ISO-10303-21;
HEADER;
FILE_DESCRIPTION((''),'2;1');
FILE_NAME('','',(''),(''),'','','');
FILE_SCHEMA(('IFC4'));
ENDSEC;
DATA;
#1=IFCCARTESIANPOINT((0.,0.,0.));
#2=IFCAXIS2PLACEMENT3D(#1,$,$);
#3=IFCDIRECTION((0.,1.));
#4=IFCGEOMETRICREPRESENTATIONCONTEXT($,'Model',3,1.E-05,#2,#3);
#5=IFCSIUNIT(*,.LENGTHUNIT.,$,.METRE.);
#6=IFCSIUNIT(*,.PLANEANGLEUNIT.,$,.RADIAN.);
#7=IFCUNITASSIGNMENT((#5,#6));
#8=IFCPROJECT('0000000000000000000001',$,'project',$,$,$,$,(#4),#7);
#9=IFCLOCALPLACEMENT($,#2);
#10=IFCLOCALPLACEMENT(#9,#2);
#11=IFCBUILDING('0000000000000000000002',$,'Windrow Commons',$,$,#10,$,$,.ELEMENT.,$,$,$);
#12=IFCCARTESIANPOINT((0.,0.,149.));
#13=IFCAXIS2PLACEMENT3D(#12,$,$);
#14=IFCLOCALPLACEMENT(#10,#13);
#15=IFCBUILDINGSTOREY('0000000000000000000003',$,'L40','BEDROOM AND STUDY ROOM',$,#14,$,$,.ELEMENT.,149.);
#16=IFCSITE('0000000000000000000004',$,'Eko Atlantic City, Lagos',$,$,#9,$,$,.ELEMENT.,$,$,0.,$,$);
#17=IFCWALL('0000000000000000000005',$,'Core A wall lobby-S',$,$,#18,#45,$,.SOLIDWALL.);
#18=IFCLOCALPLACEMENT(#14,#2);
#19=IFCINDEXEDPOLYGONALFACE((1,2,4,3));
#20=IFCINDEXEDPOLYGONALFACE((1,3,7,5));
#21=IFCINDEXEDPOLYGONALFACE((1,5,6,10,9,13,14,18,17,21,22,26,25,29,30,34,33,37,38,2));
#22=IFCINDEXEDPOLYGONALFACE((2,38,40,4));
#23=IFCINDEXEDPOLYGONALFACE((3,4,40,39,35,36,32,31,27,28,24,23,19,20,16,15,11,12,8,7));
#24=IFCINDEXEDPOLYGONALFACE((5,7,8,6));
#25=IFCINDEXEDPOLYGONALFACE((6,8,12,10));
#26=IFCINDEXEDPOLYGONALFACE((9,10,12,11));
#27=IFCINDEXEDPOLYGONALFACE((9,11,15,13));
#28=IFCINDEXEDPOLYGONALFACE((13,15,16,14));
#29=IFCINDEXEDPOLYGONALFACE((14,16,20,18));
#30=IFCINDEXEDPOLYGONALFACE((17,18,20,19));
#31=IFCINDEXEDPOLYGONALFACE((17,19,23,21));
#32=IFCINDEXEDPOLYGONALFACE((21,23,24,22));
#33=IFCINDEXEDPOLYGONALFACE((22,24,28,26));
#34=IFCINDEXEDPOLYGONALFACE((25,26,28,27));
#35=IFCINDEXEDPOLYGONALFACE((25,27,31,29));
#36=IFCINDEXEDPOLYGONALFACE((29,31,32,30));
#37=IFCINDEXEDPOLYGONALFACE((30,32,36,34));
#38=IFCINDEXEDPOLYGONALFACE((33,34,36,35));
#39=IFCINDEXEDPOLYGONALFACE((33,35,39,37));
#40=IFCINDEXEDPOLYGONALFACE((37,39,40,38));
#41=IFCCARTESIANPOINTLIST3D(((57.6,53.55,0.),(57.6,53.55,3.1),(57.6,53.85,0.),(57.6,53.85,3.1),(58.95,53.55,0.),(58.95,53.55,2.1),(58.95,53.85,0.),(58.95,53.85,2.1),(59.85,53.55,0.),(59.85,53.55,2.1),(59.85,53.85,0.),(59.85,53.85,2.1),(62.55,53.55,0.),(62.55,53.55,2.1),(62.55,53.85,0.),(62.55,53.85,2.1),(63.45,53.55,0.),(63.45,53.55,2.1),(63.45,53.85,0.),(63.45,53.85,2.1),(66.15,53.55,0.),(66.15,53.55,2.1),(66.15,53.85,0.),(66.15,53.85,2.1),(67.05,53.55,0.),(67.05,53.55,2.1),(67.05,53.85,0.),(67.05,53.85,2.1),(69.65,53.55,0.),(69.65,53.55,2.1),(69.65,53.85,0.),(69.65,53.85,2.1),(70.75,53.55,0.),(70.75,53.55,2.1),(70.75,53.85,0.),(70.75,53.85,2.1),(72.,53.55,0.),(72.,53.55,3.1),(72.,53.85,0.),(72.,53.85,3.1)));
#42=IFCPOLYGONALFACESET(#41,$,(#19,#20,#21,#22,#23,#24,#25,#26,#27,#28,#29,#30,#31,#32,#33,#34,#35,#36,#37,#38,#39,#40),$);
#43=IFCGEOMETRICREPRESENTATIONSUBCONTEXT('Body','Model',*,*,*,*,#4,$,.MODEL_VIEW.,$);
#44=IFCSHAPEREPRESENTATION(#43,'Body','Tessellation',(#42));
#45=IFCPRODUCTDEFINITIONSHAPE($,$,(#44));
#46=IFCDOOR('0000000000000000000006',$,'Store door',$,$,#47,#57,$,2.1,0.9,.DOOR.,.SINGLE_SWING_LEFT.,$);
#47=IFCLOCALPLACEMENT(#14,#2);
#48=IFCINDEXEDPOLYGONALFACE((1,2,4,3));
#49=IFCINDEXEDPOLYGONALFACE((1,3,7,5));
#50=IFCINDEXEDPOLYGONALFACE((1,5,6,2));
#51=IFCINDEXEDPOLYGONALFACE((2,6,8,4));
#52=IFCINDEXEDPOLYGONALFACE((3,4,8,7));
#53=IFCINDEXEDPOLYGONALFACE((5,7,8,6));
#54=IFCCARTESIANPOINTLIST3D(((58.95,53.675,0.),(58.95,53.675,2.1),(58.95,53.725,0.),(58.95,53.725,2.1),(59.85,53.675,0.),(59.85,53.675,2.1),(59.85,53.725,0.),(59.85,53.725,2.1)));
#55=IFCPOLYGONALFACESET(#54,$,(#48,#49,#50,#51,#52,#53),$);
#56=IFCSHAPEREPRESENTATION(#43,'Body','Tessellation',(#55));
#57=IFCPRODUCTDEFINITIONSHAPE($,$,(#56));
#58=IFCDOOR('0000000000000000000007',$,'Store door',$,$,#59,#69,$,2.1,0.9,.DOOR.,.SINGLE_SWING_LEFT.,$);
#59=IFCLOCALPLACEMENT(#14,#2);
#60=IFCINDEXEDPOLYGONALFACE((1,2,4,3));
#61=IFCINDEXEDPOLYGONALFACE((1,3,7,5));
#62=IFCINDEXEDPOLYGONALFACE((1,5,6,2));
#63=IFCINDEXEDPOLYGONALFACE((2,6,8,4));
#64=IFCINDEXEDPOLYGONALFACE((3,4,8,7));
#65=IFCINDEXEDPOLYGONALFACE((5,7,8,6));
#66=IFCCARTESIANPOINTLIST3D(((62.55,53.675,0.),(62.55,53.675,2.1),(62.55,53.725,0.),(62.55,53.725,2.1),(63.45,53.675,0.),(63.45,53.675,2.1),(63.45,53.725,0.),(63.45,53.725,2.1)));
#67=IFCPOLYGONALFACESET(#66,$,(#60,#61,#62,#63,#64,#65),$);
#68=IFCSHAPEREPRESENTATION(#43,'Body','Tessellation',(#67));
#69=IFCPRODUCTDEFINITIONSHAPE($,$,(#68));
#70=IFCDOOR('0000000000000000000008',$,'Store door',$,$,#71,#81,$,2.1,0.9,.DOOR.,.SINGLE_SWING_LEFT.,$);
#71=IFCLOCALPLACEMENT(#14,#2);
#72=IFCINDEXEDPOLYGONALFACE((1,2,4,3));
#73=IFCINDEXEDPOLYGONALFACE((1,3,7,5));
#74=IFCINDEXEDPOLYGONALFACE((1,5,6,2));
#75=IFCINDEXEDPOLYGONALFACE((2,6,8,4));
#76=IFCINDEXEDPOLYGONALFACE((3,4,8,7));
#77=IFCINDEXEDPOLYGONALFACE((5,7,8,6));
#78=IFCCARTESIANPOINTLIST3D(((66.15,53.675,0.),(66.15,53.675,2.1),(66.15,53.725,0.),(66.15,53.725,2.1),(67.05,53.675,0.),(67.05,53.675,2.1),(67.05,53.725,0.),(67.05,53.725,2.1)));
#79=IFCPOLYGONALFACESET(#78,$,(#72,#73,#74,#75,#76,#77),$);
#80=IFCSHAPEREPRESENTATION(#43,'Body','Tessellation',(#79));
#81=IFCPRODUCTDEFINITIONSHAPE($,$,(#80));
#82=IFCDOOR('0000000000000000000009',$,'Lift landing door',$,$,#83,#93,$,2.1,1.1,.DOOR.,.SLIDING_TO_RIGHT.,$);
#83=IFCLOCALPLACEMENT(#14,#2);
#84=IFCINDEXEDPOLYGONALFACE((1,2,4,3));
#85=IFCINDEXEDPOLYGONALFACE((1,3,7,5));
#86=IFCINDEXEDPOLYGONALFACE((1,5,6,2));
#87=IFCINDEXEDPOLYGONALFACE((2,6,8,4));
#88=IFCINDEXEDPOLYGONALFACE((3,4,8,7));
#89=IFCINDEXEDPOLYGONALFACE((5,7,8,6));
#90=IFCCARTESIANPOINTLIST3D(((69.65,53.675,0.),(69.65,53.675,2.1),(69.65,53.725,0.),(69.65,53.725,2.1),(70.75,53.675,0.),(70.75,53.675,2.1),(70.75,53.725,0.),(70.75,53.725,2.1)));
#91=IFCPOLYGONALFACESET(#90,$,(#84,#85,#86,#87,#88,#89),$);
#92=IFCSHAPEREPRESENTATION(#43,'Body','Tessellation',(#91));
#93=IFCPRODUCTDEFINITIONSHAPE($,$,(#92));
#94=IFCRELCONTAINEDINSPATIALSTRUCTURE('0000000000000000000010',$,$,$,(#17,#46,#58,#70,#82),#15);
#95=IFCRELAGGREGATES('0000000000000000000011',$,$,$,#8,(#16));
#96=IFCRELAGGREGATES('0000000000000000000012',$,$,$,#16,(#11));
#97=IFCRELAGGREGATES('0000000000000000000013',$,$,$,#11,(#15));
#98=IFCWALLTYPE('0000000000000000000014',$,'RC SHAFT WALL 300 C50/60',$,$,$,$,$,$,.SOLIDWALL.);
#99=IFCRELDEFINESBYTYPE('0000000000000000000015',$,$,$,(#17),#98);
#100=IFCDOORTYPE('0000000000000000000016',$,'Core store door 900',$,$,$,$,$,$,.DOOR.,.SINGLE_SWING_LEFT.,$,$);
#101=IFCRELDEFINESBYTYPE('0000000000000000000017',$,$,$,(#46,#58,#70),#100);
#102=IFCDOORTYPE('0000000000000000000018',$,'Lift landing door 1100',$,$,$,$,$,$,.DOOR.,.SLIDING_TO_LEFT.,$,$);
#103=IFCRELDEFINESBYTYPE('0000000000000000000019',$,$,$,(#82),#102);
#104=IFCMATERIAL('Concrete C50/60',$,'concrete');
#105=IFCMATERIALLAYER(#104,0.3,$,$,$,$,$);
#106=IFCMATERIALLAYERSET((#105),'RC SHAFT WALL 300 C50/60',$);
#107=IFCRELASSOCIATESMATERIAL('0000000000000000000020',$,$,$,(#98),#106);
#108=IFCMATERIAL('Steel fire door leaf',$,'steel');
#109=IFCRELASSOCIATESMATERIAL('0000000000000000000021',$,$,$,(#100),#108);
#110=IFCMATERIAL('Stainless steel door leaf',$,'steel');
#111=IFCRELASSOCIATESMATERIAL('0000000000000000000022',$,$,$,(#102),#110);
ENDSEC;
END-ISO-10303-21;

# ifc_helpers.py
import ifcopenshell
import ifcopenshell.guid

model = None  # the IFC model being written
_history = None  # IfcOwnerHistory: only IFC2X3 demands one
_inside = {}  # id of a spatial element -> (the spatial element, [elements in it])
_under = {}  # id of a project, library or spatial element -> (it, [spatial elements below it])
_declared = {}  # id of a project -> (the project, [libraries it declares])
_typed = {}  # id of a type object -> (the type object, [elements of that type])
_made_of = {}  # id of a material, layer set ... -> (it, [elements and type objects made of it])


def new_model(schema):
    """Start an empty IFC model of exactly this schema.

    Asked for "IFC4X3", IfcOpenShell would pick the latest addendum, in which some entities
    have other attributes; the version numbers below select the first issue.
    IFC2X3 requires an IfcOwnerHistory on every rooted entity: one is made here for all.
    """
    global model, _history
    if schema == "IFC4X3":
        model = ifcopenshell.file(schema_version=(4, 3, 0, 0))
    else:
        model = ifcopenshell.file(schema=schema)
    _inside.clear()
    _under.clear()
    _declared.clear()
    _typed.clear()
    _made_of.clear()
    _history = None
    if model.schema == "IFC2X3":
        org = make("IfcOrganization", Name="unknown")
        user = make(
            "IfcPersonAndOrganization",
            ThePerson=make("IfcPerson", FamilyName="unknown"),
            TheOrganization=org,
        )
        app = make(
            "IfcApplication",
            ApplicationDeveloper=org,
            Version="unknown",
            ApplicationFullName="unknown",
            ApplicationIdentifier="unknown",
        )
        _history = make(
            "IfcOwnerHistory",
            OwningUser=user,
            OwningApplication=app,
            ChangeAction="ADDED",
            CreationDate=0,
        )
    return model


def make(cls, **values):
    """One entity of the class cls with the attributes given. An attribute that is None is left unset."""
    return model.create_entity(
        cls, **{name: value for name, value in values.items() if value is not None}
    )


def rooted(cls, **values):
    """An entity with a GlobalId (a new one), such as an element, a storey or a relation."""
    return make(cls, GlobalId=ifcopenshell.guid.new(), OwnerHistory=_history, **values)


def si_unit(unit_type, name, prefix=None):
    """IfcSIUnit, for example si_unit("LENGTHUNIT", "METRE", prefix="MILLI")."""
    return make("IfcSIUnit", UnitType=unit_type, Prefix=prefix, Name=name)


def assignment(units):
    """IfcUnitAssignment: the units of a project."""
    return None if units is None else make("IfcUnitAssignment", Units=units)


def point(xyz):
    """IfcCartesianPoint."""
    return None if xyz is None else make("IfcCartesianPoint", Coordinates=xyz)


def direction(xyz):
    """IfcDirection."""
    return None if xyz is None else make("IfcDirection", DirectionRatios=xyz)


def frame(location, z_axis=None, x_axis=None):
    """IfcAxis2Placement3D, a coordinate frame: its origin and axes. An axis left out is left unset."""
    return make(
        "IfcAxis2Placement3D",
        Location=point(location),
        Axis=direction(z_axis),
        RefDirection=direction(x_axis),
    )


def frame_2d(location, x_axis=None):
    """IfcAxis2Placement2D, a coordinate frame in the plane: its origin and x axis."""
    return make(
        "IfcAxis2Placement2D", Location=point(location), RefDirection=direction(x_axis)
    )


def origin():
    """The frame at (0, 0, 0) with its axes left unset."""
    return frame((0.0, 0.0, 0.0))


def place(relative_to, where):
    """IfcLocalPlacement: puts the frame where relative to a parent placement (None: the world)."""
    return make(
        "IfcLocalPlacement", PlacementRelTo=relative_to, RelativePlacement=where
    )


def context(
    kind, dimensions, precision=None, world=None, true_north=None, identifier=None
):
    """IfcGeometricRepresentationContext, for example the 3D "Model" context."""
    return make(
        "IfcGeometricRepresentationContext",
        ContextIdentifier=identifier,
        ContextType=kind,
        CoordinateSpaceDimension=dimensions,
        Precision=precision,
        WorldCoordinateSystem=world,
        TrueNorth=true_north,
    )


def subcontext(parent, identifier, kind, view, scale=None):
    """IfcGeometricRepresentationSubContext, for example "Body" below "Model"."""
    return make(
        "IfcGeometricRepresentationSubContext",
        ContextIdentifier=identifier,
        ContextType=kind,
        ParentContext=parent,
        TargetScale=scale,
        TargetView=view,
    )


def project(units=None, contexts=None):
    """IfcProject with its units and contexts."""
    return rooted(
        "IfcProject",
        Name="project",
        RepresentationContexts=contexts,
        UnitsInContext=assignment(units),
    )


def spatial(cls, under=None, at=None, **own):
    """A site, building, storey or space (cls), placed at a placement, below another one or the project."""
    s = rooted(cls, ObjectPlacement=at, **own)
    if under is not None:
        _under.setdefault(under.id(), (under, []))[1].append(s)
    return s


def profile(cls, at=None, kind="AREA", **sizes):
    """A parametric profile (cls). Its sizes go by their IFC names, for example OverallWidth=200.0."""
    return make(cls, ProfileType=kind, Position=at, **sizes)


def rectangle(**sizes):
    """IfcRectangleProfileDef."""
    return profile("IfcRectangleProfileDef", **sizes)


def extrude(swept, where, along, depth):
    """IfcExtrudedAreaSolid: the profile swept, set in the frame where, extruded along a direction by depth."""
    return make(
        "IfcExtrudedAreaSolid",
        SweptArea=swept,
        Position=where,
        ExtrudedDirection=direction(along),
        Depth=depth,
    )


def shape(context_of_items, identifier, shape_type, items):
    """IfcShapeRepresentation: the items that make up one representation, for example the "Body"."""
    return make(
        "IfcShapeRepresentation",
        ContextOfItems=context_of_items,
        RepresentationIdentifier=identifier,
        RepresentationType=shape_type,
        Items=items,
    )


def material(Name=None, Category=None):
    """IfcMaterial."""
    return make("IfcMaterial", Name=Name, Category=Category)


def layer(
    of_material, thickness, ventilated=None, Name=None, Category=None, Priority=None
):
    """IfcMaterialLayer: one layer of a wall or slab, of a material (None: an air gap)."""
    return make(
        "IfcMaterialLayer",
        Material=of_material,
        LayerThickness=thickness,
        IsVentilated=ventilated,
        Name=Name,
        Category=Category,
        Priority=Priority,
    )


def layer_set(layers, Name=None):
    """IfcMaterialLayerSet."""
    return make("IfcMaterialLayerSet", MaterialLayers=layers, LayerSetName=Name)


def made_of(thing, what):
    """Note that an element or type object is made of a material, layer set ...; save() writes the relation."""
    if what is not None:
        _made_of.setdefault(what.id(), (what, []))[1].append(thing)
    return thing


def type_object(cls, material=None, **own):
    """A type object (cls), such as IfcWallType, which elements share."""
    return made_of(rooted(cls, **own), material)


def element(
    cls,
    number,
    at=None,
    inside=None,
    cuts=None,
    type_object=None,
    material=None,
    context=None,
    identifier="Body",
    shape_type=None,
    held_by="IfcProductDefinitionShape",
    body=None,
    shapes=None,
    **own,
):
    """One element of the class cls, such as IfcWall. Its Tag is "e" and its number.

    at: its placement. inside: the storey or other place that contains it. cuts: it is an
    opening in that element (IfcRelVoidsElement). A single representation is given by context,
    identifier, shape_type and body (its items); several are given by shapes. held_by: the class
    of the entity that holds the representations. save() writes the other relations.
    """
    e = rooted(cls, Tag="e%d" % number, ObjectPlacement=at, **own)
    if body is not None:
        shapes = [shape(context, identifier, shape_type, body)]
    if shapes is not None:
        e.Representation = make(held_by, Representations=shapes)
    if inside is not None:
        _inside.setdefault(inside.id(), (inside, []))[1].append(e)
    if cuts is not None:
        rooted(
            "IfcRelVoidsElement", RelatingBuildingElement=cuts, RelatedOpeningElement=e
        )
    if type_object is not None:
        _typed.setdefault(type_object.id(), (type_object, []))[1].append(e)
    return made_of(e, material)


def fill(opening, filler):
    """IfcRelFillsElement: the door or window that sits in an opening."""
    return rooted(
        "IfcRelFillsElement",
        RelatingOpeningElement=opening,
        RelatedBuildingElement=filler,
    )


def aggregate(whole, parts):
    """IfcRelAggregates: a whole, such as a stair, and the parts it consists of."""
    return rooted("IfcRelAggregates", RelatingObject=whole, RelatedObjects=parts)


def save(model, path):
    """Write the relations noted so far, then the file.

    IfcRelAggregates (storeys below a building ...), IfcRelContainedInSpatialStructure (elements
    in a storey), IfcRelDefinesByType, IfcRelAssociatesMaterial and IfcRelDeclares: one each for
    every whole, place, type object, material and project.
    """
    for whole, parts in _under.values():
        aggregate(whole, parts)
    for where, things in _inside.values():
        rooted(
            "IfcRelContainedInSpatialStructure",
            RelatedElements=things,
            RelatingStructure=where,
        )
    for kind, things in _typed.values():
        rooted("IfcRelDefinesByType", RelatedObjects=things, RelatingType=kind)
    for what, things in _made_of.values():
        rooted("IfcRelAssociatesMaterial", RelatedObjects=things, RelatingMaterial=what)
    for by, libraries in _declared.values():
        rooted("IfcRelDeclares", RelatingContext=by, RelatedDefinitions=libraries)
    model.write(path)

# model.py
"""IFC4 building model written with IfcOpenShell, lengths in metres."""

from ifc_helpers import new_model, si_unit, direction, frame, frame_2d, origin, place, context, subcontext, project, spatial, rectangle, extrude, material, layer, layer_set, type_object, element, fill, save


model = new_model("IFC4")

# Units and contexts
model_context = context("Model", 3, precision=1e-05, world=origin(), true_north=direction((0.0, 1.0)))
body_context = subcontext(model_context, "Body", "Model", "MODEL_VIEW")
ifc_project = project(units=[si_unit("LENGTHUNIT", "METRE"), si_unit("PLANEANGLEUNIT", "RADIAN")], contexts=[model_context])

# Site, building, storey
site_placement = place(None, origin())
site = spatial("IfcSite", under=ifc_project, at=site_placement, Name="Eko Atlantic City, Lagos", CompositionType="ELEMENT", RefElevation=0.0)
building_placement = place(site_placement, origin())
building = spatial("IfcBuilding", under=site, at=building_placement, Name="Windrow Commons", CompositionType="ELEMENT")
storey_placement = place(building_placement, frame((0.0, 0.0, 149.0)))
storey = spatial("IfcBuildingStorey", under=building, at=storey_placement, Name="L40", Description="BEDROOM AND STUDY ROOM", CompositionType="ELEMENT", Elevation=149.0)

# Wall, openings, doors
ifc_material_1 = material(Name="Concrete C50/60", Category="concrete")
ifc_layer_1 = layer(ifc_material_1, 0.3)
ifc_layer_set_1 = layer_set([ifc_layer_1], Name="RC SHAFT WALL 300 C50/60")
wall_type_1 = type_object("IfcWallType", Name="RC SHAFT WALL 300 C50/60", PredefinedType="SOLIDWALL", material=ifc_layer_set_1)
wall_1_placement = place(storey_placement, frame((57.6, 53.7, 0.0), z_axis=(0.0, 0.0, 1.0), x_axis=(1.0, 0.0, 0.0)))
wall_1 = element("IfcWall", 1, at=wall_1_placement, inside=storey, type_object=wall_type_1, Name="Core A wall lobby-S", PredefinedType="SOLIDWALL", context=body_context, shape_type="SweptSolid", body=[
    extrude(rectangle(XDim=14.4, YDim=0.3, at=frame_2d((7.2, 0.0))), origin(), (0.0, 0.0, 1.0), 3.1),
])
opening_1_placement = place(wall_1_placement, frame((1.35, 0.0, 0.0)))
opening_1 = element("IfcOpeningElement", 2, at=opening_1_placement, cuts=wall_1, PredefinedType="OPENING", context=body_context, shape_type="SweptSolid", body=[
    extrude(rectangle(XDim=0.9, YDim=2.1, at=frame_2d((0.45, 1.05))), frame((0.0, 0.16, 0.0), z_axis=(0.0, -1.0, 0.0), x_axis=(1.0, 0.0, 0.0)), (0.0, 0.0, 1.0), 0.32),
])
opening_2_placement = place(wall_1_placement, frame((4.95, 0.0, 0.0)))
opening_2 = element("IfcOpeningElement", 3, at=opening_2_placement, cuts=wall_1, PredefinedType="OPENING", context=body_context, shape_type="SweptSolid", body=[
    extrude(rectangle(XDim=0.9, YDim=2.1, at=frame_2d((0.45, 1.05))), frame((0.0, 0.16, 0.0), z_axis=(0.0, -1.0, 0.0), x_axis=(1.0, 0.0, 0.0)), (0.0, 0.0, 1.0), 0.32),
])
opening_3_placement = place(wall_1_placement, frame((8.55, 0.0, 0.0)))
opening_3 = element("IfcOpeningElement", 4, at=opening_3_placement, cuts=wall_1, PredefinedType="OPENING", context=body_context, shape_type="SweptSolid", body=[
    extrude(rectangle(XDim=0.9, YDim=2.1, at=frame_2d((0.45, 1.05))), frame((0.0, 0.16, 0.0), z_axis=(0.0, -1.0, 0.0), x_axis=(1.0, 0.0, 0.0)), (0.0, 0.0, 1.0), 0.32),
])
opening_4_placement = place(wall_1_placement, frame((12.05, 0.0, 0.0)))
opening_4 = element("IfcOpeningElement", 5, at=opening_4_placement, cuts=wall_1, PredefinedType="OPENING", context=body_context, shape_type="SweptSolid", body=[
    extrude(rectangle(XDim=1.1, YDim=2.1, at=frame_2d((0.55, 1.05))), frame((0.0, 0.16, 0.0), z_axis=(0.0, -1.0, 0.0), x_axis=(1.0, 0.0, 0.0)), (0.0, 0.0, 1.0), 0.32),
])
ifc_material_2 = material(Name="Steel fire door leaf", Category="steel")
door_type_1 = type_object("IfcDoorType", Name="Core store door 900", OperationType="SINGLE_SWING_LEFT", PredefinedType="DOOR", material=ifc_material_2)
door_1_placement = place(opening_1_placement, origin())
door_1 = element("IfcDoor", 6, at=door_1_placement, inside=storey, type_object=door_type_1, Name="Store door", OperationType="SINGLE_SWING_LEFT", OverallHeight=2.1, OverallWidth=0.9, PredefinedType="DOOR", context=body_context, shape_type="SweptSolid", body=[
    extrude(rectangle(XDim=0.9, YDim=2.1, at=frame_2d((0.45, 1.05))), frame((0.0, 0.025, 0.0), z_axis=(0.0, -1.0, 0.0), x_axis=(1.0, 0.0, 0.0)), (0.0, 0.0, 1.0), 0.05),
])
fill(opening_1, door_1)
door_2_placement = place(opening_2_placement, origin())
door_2 = element("IfcDoor", 7, at=door_2_placement, inside=storey, type_object=door_type_1, Name="Store door", OperationType="SINGLE_SWING_LEFT", OverallHeight=2.1, OverallWidth=0.9, PredefinedType="DOOR", context=body_context, shape_type="SweptSolid", body=[
    extrude(rectangle(XDim=0.9, YDim=2.1, at=frame_2d((0.45, 1.05))), frame((0.0, 0.025, 0.0), z_axis=(0.0, -1.0, 0.0), x_axis=(1.0, 0.0, 0.0)), (0.0, 0.0, 1.0), 0.05),
])
fill(opening_2, door_2)
door_3_placement = place(opening_3_placement, origin())
door_3 = element("IfcDoor", 8, at=door_3_placement, inside=storey, type_object=door_type_1, Name="Store door", OperationType="SINGLE_SWING_LEFT", OverallHeight=2.1, OverallWidth=0.9, PredefinedType="DOOR", context=body_context, shape_type="SweptSolid", body=[
    extrude(rectangle(XDim=0.9, YDim=2.1, at=frame_2d((0.45, 1.05))), frame((0.0, 0.025, 0.0), z_axis=(0.0, -1.0, 0.0), x_axis=(1.0, 0.0, 0.0)), (0.0, 0.0, 1.0), 0.05),
])
fill(opening_3, door_3)
ifc_material_3 = material(Name="Stainless steel door leaf", Category="steel")
door_type_2 = type_object("IfcDoorType", Name="Lift landing door 1100", OperationType="SLIDING_TO_LEFT", PredefinedType="DOOR", material=ifc_material_3)
door_4_placement = place(opening_4_placement, origin())
door_4 = element("IfcDoor", 9, at=door_4_placement, inside=storey, type_object=door_type_2, Name="Lift landing door", OperationType="SLIDING_TO_RIGHT", OverallHeight=2.1, OverallWidth=1.1, PredefinedType="DOOR", context=body_context, shape_type="SweptSolid", body=[
    extrude(rectangle(XDim=1.1, YDim=2.1, at=frame_2d((0.55, 1.05))), frame((0.0, 0.025, 0.0), z_axis=(0.0, -1.0, 0.0), x_axis=(1.0, 0.0, 0.0)), (0.0, 0.0, 1.0), 0.05),
])
fill(opening_4, door_4)

save(model, "model.ifc")
